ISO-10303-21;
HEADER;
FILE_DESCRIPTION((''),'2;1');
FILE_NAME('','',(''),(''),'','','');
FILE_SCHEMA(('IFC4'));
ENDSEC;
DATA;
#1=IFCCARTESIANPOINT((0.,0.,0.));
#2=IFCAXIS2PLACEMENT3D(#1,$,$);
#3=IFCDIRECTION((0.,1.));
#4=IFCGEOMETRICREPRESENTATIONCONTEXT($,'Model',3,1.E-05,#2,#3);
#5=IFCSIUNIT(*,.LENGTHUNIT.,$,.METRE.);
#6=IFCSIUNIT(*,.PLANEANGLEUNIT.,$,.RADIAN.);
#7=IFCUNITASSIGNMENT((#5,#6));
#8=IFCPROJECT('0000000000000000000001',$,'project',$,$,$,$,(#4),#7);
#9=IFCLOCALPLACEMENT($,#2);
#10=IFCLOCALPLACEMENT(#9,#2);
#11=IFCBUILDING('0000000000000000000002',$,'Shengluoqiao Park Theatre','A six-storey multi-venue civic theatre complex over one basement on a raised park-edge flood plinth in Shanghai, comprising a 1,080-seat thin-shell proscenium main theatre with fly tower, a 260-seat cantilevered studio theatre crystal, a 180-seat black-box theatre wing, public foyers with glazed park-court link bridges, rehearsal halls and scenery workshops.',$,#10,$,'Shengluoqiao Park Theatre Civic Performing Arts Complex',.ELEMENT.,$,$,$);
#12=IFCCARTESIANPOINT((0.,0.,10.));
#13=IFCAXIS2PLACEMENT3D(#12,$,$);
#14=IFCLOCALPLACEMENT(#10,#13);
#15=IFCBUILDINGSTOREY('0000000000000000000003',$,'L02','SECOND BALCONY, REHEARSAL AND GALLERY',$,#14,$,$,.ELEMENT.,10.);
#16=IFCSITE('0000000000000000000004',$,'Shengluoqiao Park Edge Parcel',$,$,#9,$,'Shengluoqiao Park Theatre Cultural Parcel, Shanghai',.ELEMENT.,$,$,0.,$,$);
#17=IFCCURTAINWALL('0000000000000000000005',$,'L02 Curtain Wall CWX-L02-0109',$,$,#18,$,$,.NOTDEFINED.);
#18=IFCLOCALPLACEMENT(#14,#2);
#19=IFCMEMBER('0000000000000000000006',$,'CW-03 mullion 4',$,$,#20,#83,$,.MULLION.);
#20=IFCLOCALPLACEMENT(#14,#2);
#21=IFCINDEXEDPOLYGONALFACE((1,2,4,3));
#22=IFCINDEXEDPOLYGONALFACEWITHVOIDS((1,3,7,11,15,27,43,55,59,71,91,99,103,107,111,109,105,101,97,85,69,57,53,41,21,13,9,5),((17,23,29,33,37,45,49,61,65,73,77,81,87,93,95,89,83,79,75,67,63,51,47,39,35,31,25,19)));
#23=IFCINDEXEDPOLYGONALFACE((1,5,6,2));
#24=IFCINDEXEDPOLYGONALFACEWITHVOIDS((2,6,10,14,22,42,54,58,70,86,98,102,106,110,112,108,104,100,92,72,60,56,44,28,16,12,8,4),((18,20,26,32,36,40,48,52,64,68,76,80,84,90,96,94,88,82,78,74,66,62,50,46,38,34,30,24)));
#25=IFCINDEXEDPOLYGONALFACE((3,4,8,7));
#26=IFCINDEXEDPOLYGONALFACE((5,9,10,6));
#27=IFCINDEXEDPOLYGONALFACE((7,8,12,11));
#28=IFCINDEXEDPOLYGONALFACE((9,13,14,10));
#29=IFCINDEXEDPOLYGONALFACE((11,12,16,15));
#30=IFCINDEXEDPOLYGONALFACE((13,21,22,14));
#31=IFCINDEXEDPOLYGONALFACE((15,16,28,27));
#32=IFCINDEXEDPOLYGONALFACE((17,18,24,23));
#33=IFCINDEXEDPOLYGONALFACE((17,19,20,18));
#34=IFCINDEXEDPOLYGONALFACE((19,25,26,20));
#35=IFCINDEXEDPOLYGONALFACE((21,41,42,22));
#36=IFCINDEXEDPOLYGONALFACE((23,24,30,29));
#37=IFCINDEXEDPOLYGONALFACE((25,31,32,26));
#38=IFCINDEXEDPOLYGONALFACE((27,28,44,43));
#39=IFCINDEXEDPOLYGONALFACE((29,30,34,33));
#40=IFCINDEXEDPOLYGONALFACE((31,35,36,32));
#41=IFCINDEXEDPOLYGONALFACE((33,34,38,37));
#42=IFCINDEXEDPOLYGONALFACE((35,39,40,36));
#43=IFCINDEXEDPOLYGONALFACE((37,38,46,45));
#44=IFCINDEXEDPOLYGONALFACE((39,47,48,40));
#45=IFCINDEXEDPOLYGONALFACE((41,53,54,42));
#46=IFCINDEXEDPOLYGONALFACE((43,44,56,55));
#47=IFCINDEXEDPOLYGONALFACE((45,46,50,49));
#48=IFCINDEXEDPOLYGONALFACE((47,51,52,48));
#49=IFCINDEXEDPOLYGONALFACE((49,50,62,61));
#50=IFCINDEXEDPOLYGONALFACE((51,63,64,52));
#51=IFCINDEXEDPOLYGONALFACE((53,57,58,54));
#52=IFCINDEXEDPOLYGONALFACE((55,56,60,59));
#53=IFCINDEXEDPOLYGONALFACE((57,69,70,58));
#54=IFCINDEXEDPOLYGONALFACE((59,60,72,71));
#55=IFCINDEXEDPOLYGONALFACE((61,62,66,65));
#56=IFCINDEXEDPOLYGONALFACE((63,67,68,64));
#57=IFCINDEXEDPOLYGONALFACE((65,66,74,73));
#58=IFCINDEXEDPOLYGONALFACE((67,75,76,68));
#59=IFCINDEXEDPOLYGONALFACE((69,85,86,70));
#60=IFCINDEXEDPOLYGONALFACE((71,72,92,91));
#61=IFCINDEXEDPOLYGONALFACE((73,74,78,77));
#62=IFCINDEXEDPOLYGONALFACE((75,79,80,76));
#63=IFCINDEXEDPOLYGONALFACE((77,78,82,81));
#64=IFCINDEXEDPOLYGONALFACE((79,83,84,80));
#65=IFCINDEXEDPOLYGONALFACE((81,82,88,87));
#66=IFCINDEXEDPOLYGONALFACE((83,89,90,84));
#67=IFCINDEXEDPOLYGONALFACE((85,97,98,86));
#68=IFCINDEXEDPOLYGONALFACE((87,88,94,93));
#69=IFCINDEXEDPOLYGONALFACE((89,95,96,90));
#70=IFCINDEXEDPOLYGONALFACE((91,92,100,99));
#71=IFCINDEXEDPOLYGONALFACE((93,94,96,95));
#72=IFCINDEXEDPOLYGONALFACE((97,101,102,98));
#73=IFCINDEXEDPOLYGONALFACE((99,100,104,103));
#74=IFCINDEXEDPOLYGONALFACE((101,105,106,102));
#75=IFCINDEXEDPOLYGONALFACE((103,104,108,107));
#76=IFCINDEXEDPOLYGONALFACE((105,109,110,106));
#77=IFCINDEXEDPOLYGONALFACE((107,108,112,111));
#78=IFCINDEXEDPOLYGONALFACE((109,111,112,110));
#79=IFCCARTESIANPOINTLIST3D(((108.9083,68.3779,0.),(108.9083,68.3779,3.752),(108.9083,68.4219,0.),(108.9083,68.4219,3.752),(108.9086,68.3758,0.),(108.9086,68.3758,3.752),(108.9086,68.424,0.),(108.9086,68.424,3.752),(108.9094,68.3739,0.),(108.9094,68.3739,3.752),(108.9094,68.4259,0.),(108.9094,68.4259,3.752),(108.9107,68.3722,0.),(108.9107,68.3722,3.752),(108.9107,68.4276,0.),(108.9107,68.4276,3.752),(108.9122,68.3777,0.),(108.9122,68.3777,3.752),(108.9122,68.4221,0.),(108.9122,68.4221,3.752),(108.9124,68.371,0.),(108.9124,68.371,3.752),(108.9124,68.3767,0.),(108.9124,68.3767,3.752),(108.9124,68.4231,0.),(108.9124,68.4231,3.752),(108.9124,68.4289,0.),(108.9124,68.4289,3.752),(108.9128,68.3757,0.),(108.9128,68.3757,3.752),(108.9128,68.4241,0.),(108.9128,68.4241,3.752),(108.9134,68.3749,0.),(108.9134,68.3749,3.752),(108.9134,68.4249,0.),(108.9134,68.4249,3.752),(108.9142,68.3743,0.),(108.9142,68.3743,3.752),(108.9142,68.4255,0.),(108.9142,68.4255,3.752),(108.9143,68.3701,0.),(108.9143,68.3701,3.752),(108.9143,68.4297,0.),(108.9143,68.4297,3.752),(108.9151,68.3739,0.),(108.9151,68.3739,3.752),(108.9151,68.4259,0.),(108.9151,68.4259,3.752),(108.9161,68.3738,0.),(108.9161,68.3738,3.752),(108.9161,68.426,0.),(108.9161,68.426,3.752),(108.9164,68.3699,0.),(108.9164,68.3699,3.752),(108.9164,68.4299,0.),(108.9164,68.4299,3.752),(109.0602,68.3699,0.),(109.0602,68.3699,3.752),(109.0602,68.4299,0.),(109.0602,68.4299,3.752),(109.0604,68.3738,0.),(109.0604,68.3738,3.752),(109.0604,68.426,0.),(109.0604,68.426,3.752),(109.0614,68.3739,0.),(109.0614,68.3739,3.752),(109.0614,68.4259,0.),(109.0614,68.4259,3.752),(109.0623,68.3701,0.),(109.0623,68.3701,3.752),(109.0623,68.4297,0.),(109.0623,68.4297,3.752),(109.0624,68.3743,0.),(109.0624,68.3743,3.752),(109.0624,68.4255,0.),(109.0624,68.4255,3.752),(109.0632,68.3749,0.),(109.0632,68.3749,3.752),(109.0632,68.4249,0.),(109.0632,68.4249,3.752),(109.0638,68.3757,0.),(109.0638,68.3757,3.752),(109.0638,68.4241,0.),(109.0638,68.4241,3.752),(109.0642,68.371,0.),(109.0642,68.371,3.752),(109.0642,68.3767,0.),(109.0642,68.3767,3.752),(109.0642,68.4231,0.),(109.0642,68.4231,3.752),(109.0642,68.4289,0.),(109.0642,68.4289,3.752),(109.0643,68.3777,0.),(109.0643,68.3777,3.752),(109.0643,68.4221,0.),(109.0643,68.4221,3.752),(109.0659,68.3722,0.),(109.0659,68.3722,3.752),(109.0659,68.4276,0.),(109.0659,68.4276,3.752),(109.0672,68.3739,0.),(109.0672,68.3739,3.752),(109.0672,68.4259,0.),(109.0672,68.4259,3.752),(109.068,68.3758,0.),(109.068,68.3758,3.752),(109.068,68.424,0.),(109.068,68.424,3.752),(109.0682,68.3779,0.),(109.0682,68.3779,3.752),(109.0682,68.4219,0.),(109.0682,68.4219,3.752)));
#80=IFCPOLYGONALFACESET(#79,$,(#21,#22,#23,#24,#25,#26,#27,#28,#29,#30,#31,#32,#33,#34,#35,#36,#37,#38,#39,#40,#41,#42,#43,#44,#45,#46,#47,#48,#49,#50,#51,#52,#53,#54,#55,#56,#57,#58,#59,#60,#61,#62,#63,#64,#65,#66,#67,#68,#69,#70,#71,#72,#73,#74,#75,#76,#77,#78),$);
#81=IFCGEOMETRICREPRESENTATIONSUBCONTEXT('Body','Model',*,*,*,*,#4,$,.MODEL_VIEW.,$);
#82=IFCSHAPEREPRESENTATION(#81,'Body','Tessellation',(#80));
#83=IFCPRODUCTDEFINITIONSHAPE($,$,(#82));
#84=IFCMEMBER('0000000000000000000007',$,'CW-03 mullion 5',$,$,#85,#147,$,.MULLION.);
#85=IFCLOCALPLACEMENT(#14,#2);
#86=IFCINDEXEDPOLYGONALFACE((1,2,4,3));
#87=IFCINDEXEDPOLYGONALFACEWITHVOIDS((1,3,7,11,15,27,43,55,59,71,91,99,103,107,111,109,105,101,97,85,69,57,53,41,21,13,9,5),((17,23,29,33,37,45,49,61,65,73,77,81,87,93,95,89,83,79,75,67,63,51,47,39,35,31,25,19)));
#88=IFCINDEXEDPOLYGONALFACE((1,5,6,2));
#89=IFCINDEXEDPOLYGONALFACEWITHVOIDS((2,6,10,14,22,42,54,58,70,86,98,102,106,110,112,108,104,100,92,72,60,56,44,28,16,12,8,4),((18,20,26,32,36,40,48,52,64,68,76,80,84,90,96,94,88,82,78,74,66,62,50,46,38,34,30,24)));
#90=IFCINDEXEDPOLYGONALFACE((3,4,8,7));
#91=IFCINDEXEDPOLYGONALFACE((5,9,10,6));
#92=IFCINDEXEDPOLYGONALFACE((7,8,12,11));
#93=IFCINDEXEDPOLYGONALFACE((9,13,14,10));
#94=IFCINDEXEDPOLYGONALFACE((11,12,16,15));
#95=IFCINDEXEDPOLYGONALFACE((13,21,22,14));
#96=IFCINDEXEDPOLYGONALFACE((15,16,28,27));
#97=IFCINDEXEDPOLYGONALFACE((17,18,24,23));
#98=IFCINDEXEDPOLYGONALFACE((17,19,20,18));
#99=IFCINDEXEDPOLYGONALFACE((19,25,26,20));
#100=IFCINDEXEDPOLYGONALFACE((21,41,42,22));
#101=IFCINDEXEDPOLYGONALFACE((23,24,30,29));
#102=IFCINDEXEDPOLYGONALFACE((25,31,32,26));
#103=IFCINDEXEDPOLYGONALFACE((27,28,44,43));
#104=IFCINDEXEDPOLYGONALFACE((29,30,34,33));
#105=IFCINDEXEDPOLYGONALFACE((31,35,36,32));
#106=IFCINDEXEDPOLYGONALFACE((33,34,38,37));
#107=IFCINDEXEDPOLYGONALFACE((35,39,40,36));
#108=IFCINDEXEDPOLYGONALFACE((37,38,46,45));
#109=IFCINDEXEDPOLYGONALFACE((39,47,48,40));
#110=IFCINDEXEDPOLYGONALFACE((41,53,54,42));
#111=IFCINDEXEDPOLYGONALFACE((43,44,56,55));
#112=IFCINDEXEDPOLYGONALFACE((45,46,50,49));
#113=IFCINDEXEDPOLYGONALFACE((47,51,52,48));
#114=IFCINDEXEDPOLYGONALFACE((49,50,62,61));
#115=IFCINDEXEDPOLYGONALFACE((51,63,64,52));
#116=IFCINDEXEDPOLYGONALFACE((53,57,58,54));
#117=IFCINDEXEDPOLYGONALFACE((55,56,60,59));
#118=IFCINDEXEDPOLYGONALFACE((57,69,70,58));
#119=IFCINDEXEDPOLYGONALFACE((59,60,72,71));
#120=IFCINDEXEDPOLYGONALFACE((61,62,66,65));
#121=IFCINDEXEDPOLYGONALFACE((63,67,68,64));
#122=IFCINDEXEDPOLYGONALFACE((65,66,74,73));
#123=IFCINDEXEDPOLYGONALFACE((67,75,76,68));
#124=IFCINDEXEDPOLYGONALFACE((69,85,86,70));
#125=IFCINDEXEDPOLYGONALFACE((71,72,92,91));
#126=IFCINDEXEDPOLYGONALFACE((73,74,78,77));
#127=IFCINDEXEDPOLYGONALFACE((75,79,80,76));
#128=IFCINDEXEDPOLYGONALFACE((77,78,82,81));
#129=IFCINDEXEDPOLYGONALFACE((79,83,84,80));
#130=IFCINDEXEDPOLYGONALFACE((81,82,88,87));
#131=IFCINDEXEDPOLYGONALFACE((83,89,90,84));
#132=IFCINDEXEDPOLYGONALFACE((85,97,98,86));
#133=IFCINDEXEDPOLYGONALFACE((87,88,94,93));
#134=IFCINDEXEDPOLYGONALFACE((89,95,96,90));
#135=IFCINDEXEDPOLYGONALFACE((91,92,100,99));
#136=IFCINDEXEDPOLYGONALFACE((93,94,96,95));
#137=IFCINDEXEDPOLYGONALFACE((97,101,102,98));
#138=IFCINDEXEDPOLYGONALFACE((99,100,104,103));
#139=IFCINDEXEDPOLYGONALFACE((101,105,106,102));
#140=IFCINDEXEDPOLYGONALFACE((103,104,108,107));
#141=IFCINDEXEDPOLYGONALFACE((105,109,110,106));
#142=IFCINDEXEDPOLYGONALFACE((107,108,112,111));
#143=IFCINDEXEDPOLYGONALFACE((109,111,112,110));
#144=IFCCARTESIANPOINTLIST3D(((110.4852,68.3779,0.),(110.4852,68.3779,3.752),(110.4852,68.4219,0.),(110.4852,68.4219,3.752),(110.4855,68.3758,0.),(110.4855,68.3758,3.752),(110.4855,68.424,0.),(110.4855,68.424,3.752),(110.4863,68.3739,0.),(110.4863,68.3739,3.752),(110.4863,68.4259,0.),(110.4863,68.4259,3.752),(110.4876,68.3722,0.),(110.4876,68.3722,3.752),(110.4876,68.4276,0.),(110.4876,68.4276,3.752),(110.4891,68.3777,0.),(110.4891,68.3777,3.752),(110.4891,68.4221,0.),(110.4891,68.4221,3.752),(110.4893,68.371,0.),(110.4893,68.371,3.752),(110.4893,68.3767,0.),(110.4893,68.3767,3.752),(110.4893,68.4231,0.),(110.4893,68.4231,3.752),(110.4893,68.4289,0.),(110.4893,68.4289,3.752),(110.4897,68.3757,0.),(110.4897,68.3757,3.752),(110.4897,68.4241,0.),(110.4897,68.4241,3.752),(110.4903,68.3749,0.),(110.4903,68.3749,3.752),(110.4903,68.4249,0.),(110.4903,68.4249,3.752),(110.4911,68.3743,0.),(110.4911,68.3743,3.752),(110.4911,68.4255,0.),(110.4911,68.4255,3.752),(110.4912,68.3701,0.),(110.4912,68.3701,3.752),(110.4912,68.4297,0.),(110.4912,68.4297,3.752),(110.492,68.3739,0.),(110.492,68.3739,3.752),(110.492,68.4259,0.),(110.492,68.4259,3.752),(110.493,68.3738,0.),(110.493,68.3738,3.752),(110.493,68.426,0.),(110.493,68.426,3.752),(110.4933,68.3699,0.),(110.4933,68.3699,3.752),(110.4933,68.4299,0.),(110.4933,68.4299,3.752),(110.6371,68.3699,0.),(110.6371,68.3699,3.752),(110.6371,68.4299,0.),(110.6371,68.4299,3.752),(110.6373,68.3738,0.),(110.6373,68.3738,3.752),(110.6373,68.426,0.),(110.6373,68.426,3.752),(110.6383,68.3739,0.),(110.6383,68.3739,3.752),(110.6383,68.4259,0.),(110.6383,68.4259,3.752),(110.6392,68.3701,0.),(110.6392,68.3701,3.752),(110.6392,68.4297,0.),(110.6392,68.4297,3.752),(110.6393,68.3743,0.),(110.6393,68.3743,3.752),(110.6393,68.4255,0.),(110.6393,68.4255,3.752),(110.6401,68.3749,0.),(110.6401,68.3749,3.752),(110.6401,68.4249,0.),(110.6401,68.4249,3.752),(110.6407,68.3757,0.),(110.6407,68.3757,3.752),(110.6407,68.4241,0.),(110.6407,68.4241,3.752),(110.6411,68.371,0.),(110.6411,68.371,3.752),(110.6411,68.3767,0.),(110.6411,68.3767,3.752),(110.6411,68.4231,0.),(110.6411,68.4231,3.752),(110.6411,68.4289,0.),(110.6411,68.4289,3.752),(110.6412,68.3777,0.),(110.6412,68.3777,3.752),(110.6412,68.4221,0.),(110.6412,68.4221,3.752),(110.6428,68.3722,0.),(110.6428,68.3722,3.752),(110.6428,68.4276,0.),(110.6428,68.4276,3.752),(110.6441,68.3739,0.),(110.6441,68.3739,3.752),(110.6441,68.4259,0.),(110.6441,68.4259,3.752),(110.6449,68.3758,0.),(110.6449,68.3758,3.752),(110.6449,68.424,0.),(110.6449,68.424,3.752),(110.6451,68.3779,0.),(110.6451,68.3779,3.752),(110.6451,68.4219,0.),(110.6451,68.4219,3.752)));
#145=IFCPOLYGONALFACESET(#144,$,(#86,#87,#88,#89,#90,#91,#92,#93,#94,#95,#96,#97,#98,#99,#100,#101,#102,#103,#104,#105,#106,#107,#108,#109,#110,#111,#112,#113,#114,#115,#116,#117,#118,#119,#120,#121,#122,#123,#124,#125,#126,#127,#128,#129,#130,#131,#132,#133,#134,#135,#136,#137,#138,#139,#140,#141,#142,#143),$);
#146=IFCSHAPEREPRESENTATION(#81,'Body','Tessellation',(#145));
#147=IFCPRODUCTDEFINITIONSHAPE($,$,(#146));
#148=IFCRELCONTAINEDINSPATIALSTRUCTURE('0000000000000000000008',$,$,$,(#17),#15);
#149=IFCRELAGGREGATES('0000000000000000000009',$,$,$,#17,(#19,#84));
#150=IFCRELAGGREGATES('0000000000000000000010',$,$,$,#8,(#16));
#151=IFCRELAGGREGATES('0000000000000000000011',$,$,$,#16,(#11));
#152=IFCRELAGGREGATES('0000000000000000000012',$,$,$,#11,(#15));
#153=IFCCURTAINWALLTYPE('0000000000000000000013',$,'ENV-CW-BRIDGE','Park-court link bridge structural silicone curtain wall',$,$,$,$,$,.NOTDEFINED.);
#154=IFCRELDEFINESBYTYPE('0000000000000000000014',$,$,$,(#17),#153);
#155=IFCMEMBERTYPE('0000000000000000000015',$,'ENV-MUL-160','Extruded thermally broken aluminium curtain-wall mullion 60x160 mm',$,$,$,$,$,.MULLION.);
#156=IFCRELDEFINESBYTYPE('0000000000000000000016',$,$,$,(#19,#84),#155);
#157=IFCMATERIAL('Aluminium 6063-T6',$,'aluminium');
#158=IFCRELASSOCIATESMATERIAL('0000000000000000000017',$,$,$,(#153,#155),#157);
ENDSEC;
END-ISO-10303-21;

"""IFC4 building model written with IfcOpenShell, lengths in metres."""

from ifc_helpers import new_model, si_unit, direction, frame, origin, origin_2d, place, context, subcontext, project, spatial, hollow_rectangle, extrude, material, material_profile, profile_set, type_object, element, aggregate, save


model = new_model("IFC4")

# Units and contexts
model_context = context("Model", 3, precision=1e-05, world=origin(), true_north=direction((0.0, 1.0)))
body_context = subcontext(model_context, "Body", "Model", "MODEL_VIEW")
ifc_project = project(units=[si_unit("LENGTHUNIT", "METRE"), si_unit("PLANEANGLEUNIT", "RADIAN")], contexts=[model_context])

# Site, building, storey
site_placement = place(None, origin())
site = spatial("IfcSite", under=ifc_project, at=site_placement, Name="Shengluoqiao Park Edge Parcel", LongName="Shengluoqiao Park Theatre Cultural Parcel, Shanghai", CompositionType="ELEMENT", RefElevation=0.0)
building_placement = place(site_placement, origin())
building = spatial("IfcBuilding", under=site, at=building_placement, Name="Shengluoqiao Park Theatre", Description="A six-storey multi-venue civic theatre complex over one basement on a raised park-edge flood plinth in Shanghai, comprising a 1,080-seat thin-shell proscenium main theatre with fly tower, a 260-seat cantilevered studio theatre crystal, a 180-seat black-box theatre wing, public foyers with glazed park-court link bridges, rehearsal halls and scenery workshops.", LongName="Shengluoqiao Park Theatre Civic Performing Arts Complex", CompositionType="ELEMENT")
storey_placement = place(building_placement, frame((0.0, 0.0, 10.0)))
storey = spatial("IfcBuildingStorey", under=building, at=storey_placement, Name="L02", Description="SECOND BALCONY, REHEARSAL AND GALLERY", CompositionType="ELEMENT", Elevation=10.0)

# Curtain wall, members
ifc_material_1 = material(Name="Aluminium 6063-T6", Category="aluminium")
curtain_wall_type = type_object("IfcCurtainWallType", Name="ENV-CW-BRIDGE", Description="Park-court link bridge structural silicone curtain wall", PredefinedType="NOTDEFINED", material=ifc_material_1)
curtain_wall_placement = place(storey_placement, origin())
curtain_wall = element("IfcCurtainWall", 1, at=curtain_wall_placement, inside=storey, type_object=curtain_wall_type, Name="L02 Curtain Wall CWX-L02-0109", PredefinedType="NOTDEFINED")
ifc_material_profile_1 = material_profile(ifc_material_1, hollow_rectangle(XDim=0.0601, YDim=0.1599, WallThickness=0.0039, InnerFilletRadius=0.0039, OuterFilletRadius=0.0081, at=origin_2d()), Name="ALU MULLION 160x60x4")
ifc_profile_set_1 = profile_set([ifc_material_profile_1], Name="Aluminium 6063-T6")
member_type_1 = type_object("IfcMemberType", Name="ENV-MUL-160", Description="Extruded thermally broken aluminium curtain-wall mullion 60x160 mm", PredefinedType="MULLION", material=ifc_profile_set_1)
member_1_placement = place(storey_placement, frame((108.9883, 68.3999, 0.0), z_axis=(0.0, 0.0, 1.0), x_axis=(0.0, 1.0, 0.0)))
member_1 = element("IfcMember", 2, at=member_1_placement, type_object=member_type_1, Name="CW-03 mullion 4", PredefinedType="MULLION", context=body_context, shape_type="SweptSolid", body=[
    extrude(hollow_rectangle(XDim=0.0601, YDim=0.1599, WallThickness=0.0039, InnerFilletRadius=0.0039, OuterFilletRadius=0.0081, at=origin_2d()), origin(), (0.0, 0.0, 1.0), 3.752),
])
member_2_placement = place(storey_placement, frame((110.5652, 68.3999, 0.0), z_axis=(0.0, 0.0, 1.0), x_axis=(0.0, 1.0, 0.0)))
member_2 = element("IfcMember", 3, at=member_2_placement, type_object=member_type_1, Name="CW-03 mullion 5", PredefinedType="MULLION", context=body_context, shape_type="SweptSolid", body=[
    extrude(hollow_rectangle(XDim=0.0601, YDim=0.1599, WallThickness=0.0039, InnerFilletRadius=0.0039, OuterFilletRadius=0.0081, at=origin_2d()), origin(), (0.0, 0.0, 1.0), 3.752),
])
aggregate(curtain_wall, [member_1, member_2])

save(model, "model.ifc")
